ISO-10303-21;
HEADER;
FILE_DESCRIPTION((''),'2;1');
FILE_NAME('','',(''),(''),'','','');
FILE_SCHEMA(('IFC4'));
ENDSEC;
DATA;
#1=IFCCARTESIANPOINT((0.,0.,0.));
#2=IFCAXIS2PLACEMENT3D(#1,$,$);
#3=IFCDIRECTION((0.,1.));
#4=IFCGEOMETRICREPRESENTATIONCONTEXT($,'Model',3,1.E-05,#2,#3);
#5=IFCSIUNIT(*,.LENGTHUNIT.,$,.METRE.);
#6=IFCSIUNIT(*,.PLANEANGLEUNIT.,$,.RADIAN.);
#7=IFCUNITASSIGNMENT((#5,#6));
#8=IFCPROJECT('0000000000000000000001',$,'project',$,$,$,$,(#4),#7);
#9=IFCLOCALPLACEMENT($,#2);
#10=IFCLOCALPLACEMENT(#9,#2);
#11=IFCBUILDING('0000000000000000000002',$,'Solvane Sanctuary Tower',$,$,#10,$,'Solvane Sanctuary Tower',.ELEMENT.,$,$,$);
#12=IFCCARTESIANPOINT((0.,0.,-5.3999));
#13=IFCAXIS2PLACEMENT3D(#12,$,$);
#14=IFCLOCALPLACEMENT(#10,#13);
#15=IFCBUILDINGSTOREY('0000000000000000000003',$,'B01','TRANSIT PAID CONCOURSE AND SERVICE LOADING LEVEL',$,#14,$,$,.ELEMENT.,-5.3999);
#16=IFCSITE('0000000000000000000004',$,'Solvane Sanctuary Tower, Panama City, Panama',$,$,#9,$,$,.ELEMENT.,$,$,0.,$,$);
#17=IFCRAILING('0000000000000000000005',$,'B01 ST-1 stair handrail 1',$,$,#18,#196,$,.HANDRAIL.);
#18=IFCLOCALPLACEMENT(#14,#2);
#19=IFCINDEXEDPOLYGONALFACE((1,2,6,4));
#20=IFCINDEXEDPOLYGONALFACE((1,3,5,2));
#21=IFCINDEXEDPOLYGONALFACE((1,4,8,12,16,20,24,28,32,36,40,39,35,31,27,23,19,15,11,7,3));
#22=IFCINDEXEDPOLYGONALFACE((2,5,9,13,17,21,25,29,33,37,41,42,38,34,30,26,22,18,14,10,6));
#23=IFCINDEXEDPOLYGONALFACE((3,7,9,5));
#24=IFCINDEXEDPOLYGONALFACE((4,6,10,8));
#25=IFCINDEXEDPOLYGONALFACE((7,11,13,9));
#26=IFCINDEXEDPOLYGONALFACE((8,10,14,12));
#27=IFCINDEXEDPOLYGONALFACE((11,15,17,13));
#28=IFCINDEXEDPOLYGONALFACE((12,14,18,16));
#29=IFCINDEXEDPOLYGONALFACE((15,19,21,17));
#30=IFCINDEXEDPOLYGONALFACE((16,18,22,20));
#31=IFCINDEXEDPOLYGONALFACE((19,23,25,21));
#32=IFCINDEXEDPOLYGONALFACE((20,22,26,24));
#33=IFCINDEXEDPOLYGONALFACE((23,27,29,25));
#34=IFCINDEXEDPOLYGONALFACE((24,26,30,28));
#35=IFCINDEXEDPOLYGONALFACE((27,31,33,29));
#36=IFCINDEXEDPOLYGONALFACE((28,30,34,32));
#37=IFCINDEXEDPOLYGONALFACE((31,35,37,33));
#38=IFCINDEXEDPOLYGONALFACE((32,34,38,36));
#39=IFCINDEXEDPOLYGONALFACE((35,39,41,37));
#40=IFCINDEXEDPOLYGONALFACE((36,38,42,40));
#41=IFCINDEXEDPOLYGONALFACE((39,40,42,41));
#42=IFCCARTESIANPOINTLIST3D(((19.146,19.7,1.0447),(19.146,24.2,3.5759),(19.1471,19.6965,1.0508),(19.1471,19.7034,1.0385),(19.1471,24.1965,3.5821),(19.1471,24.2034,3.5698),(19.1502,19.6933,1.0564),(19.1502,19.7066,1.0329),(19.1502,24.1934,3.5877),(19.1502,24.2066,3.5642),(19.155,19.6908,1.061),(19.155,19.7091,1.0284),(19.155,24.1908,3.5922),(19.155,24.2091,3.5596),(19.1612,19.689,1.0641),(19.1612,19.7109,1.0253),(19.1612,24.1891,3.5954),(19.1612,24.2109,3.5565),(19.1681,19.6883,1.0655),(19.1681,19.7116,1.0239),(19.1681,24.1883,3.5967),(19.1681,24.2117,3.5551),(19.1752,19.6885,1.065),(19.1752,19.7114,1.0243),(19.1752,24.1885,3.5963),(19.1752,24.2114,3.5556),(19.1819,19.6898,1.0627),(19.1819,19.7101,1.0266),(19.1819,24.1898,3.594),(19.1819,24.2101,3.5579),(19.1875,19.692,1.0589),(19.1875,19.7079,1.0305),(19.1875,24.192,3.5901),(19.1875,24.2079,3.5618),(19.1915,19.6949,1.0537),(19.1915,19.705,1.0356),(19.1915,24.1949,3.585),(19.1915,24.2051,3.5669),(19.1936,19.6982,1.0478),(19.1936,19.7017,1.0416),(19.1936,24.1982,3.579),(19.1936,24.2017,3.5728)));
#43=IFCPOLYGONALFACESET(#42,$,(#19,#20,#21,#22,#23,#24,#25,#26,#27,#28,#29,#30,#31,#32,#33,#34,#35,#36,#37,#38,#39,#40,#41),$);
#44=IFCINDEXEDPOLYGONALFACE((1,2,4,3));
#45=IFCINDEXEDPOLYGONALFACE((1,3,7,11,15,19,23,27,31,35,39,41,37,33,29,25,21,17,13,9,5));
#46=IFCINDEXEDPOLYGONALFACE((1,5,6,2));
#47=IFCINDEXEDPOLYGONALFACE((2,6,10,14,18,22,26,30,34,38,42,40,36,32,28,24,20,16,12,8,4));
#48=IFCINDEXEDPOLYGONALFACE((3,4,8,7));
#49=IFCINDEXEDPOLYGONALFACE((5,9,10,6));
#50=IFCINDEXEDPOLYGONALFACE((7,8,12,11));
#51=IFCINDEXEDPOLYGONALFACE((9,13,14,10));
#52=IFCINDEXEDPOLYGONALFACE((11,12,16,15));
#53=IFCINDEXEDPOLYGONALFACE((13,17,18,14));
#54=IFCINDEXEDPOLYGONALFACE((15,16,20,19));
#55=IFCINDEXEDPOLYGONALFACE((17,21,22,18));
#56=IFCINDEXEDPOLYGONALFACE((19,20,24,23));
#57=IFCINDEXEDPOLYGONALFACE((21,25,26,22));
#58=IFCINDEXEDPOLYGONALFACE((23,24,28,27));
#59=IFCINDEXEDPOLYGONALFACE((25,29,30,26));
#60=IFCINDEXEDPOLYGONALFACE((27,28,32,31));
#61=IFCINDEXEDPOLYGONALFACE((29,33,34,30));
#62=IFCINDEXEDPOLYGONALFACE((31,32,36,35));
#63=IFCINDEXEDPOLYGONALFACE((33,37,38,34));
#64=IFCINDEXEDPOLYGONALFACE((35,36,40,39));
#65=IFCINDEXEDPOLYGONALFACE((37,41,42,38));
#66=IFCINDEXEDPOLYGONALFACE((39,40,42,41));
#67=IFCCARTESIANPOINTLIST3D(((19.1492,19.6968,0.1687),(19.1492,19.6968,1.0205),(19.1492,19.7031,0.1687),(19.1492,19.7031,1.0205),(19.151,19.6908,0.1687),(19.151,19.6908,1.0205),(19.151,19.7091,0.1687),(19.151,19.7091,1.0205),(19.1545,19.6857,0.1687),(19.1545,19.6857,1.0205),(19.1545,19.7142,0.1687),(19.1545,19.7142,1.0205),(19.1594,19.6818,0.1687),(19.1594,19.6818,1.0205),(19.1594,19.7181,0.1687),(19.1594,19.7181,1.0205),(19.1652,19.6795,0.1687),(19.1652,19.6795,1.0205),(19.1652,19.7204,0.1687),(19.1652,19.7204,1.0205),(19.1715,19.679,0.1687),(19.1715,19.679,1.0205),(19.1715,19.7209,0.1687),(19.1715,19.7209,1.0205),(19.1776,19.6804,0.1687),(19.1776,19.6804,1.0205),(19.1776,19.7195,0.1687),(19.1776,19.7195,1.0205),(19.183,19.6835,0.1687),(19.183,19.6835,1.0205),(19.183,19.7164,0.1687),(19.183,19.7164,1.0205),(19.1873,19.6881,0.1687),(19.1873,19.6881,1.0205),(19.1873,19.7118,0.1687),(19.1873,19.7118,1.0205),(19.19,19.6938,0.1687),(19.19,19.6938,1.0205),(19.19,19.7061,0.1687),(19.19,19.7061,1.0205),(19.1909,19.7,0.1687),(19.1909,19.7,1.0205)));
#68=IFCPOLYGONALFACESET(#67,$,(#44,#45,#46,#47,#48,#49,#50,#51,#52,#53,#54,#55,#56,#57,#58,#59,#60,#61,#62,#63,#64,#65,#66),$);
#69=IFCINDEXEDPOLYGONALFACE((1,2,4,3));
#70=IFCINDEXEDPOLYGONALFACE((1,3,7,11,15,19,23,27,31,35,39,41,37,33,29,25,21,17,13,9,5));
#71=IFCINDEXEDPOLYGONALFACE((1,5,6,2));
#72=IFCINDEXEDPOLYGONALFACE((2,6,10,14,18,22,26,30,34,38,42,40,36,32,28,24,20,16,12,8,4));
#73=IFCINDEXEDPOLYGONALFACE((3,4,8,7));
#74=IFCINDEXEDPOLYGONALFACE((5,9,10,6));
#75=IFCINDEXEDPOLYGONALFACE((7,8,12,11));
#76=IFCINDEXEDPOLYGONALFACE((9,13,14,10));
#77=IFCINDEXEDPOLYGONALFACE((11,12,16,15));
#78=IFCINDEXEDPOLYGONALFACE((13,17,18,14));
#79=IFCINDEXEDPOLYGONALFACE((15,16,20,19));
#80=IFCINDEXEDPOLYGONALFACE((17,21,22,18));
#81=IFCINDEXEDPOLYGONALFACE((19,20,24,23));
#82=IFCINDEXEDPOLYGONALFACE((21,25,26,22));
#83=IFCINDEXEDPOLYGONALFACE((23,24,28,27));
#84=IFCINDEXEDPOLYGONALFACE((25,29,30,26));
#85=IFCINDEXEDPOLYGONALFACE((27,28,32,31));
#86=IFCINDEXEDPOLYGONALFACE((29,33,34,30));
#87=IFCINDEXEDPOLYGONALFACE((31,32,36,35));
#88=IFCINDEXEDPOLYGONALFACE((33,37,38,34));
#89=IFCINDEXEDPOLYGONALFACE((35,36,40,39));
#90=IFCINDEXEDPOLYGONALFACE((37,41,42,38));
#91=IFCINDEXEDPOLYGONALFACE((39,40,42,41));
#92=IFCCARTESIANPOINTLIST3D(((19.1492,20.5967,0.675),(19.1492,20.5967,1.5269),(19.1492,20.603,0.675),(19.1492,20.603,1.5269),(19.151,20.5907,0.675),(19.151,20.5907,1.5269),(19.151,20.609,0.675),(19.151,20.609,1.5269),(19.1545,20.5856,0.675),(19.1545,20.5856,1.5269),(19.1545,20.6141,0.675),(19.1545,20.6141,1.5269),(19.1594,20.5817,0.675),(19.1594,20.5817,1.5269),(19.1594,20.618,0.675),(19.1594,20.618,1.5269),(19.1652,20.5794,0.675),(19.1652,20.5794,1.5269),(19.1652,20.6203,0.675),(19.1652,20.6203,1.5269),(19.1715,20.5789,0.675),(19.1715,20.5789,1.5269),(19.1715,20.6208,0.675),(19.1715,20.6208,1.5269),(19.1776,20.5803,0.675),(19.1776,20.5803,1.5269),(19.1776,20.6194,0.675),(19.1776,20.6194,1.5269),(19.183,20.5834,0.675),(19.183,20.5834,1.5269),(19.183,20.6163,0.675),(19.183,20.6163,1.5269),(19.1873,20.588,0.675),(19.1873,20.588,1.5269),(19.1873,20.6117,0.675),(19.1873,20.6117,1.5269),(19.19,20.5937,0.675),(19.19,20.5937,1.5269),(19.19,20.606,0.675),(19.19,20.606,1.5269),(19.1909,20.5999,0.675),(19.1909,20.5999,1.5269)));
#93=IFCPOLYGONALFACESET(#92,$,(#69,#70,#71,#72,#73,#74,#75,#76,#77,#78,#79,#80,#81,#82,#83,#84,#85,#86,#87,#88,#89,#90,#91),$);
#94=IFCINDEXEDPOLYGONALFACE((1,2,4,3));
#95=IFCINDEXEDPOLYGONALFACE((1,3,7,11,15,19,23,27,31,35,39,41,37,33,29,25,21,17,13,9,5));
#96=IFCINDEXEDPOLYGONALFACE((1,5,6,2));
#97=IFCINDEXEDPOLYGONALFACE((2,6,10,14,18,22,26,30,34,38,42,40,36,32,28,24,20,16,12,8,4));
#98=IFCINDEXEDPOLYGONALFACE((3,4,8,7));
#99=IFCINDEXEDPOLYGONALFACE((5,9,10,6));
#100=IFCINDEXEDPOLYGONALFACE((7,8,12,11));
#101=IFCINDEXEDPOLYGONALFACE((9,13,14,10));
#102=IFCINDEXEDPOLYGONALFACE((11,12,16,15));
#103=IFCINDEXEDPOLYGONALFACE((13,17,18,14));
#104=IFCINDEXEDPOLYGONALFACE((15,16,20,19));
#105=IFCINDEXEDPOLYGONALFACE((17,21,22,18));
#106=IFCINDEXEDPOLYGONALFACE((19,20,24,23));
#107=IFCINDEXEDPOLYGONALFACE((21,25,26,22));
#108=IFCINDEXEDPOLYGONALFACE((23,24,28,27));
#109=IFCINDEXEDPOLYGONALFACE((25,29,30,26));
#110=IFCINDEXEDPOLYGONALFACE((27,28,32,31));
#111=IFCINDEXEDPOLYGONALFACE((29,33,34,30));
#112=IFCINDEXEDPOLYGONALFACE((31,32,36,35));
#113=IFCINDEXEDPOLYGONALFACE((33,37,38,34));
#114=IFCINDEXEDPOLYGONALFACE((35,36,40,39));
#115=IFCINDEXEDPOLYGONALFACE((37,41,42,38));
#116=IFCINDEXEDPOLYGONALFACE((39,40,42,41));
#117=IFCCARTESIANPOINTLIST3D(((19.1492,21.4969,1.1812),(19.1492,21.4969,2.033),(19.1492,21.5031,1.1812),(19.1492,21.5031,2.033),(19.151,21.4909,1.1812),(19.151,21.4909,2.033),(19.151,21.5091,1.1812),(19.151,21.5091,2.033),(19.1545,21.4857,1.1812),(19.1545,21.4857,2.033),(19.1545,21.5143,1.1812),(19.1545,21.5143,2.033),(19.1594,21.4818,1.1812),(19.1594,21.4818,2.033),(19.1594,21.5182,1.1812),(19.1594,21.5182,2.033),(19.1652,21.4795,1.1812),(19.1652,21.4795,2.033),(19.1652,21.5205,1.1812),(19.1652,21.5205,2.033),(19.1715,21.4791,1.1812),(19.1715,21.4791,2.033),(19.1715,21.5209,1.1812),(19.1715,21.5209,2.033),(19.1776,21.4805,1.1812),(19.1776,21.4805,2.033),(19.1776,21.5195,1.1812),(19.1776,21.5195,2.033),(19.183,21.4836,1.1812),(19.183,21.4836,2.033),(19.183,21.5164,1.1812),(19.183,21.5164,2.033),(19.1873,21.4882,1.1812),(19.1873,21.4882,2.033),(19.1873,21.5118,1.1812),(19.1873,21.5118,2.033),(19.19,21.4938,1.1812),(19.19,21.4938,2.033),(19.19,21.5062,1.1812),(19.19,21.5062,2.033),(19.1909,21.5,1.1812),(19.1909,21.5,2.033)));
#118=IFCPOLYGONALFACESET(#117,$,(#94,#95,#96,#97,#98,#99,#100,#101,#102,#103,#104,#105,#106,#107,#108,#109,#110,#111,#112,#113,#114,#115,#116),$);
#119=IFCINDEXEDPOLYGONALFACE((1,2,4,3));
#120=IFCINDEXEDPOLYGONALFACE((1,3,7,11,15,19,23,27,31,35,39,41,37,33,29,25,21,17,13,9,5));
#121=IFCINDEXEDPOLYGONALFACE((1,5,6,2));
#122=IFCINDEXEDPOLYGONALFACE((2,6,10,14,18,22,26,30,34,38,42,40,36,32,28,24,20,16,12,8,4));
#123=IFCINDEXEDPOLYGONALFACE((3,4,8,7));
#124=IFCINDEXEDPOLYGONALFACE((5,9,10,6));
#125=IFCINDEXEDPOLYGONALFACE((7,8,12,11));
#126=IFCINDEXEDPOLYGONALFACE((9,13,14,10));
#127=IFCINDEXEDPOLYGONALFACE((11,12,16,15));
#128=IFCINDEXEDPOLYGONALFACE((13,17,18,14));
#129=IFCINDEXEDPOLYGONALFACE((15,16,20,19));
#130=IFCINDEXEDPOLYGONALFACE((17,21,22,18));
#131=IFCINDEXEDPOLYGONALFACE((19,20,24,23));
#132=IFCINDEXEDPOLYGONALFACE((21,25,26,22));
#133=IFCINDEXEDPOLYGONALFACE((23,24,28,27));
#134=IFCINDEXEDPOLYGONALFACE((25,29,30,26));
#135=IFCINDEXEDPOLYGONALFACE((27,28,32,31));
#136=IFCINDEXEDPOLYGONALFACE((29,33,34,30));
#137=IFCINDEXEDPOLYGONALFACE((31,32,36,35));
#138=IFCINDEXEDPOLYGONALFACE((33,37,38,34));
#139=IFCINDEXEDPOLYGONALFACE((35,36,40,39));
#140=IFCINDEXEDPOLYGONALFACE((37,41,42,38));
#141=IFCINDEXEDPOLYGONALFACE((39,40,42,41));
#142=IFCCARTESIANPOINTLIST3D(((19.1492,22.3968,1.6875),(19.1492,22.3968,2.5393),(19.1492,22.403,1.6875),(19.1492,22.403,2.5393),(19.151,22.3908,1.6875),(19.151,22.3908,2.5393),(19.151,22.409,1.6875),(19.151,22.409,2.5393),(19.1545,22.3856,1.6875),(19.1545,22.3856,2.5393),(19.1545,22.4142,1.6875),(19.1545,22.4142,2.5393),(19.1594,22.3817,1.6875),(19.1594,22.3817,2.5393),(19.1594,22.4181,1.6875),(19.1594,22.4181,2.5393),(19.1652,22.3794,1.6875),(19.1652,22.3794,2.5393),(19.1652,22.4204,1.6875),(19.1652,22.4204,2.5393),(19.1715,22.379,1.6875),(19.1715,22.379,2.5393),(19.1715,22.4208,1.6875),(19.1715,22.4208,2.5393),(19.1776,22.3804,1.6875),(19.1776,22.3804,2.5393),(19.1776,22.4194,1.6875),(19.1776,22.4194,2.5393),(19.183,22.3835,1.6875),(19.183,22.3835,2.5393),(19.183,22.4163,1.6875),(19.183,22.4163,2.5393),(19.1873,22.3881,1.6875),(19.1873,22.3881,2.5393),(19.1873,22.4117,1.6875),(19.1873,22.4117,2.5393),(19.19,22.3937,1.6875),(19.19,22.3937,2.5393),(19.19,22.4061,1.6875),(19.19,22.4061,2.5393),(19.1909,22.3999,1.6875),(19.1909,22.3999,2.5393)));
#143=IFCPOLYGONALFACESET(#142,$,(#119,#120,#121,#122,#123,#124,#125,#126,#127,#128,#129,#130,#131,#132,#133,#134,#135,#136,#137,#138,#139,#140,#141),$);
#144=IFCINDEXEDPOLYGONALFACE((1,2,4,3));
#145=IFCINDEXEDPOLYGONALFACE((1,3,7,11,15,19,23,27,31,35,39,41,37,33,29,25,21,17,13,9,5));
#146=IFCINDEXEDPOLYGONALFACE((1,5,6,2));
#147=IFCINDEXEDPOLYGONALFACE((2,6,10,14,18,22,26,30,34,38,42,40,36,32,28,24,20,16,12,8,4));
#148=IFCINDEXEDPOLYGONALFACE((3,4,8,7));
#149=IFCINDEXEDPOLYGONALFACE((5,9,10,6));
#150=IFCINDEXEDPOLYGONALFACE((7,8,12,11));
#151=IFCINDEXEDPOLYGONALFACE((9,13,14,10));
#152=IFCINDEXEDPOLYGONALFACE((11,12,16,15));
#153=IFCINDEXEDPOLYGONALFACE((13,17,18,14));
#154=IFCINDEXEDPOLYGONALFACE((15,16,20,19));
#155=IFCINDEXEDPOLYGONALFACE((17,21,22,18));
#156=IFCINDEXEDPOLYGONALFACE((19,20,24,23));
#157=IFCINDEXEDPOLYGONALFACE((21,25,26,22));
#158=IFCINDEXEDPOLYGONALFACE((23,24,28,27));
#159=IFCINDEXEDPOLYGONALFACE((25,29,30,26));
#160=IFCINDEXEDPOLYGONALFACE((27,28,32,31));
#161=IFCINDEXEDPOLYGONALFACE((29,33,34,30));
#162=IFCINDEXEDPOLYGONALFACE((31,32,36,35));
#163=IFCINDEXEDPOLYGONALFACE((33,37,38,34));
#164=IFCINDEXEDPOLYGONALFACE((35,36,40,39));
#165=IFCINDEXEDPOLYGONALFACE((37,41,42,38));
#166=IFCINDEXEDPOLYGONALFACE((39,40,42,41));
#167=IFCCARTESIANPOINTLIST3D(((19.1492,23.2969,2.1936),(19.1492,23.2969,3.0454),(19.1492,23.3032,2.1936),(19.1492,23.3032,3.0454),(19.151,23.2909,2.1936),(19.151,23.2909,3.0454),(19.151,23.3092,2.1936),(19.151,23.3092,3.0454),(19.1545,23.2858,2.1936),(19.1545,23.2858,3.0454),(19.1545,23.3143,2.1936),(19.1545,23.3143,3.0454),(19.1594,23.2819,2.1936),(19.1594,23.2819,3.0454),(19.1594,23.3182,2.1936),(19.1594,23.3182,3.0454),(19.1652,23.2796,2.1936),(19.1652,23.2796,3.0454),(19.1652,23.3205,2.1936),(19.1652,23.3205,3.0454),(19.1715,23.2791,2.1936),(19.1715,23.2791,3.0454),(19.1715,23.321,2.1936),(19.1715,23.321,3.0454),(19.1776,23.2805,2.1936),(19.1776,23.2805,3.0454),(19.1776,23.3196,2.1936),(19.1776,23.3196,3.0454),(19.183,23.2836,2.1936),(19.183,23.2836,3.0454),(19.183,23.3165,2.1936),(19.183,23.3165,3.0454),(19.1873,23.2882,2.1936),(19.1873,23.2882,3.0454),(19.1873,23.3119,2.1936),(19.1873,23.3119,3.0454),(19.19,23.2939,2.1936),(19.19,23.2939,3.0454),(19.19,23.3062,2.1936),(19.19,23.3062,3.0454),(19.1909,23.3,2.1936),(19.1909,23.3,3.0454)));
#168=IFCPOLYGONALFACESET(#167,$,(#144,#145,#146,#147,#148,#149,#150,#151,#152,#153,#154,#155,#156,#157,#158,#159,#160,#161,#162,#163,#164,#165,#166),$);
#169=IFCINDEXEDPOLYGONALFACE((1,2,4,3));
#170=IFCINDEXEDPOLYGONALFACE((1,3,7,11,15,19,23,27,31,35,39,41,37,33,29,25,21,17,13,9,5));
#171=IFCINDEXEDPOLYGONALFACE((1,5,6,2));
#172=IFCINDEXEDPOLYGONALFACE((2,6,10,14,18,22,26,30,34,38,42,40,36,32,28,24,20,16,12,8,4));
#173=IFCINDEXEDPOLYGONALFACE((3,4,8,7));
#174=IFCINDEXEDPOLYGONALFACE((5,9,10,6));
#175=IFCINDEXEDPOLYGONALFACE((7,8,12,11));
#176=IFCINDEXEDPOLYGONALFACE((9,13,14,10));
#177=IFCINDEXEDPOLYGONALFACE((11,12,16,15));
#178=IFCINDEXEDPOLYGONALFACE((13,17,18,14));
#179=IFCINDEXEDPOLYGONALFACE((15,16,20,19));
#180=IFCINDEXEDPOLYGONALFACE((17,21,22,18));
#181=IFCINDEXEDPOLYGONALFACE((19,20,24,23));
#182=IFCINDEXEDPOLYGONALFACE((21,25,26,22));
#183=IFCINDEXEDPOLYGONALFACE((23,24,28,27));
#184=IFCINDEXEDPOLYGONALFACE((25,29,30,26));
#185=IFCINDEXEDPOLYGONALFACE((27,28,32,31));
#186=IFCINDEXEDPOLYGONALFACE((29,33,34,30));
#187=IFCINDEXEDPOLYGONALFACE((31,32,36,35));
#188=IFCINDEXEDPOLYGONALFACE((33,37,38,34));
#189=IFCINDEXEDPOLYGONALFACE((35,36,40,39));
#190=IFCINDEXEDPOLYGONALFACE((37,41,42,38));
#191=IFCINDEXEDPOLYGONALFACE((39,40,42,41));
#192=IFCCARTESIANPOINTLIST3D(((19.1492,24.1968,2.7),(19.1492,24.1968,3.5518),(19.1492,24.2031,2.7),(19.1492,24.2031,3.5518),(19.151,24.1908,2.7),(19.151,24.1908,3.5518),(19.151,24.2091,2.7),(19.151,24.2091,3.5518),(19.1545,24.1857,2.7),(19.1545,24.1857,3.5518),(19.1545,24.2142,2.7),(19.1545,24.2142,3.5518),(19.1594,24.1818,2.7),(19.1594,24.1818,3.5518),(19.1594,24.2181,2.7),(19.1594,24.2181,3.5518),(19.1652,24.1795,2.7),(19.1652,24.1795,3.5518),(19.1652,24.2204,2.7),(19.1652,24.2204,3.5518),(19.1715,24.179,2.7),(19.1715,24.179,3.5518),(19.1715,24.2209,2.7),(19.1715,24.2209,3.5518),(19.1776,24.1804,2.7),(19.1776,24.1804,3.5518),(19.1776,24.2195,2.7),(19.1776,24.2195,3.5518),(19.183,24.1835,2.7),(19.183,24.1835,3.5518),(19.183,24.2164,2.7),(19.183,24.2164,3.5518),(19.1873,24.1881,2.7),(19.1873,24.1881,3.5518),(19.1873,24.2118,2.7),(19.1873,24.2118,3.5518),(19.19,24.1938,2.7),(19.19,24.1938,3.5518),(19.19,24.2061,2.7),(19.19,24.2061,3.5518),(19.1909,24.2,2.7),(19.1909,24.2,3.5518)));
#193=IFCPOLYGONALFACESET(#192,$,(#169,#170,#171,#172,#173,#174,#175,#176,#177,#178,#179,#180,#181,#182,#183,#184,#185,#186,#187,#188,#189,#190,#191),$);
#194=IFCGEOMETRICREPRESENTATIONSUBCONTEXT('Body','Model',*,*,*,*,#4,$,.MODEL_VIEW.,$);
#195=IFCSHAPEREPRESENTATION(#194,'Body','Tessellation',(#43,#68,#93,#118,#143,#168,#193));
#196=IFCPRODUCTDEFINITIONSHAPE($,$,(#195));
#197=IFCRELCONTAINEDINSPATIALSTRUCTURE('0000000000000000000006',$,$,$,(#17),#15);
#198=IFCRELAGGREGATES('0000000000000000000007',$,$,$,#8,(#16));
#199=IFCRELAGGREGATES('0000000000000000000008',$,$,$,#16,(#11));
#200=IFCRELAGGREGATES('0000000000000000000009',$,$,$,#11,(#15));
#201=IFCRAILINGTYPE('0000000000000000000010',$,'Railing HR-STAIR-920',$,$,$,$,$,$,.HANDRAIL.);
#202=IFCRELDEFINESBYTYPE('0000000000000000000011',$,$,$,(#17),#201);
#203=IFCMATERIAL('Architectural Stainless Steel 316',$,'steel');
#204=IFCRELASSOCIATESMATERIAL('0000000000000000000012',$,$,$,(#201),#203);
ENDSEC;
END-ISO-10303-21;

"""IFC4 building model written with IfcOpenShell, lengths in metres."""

from ifc_helpers import new_model, si_unit, direction, frame, origin, origin_2d, place, context, subcontext, project, spatial, circle, extrude, material, type_object, element, save


model = new_model("IFC4")

# Units and contexts
model_context = context("Model", 3, precision=1e-05, world=origin(), true_north=direction((0.0, 1.0)))
body_context = subcontext(model_context, "Body", "Model", "MODEL_VIEW")
ifc_project = project(units=[si_unit("LENGTHUNIT", "METRE"), si_unit("PLANEANGLEUNIT", "RADIAN")], contexts=[model_context])

# Site, building, storey
site_placement = place(None, origin())
site = spatial("IfcSite", under=ifc_project, at=site_placement, Name="Solvane Sanctuary Tower, Panama City, Panama", CompositionType="ELEMENT", RefElevation=0.0)
building_placement = place(site_placement, origin())
building = spatial("IfcBuilding", under=site, at=building_placement, Name="Solvane Sanctuary Tower", LongName="Solvane Sanctuary Tower", CompositionType="ELEMENT")
storey_placement = place(building_placement, frame((0.0, 0.0, -5.3999)))
storey = spatial("IfcBuildingStorey", under=building, at=storey_placement, Name="B01", Description="TRANSIT PAID CONCOURSE AND SERVICE LOADING LEVEL", CompositionType="ELEMENT", Elevation=-5.3999)

# Shared definitions
ifc_material_1 = material(Name="Architectural Stainless Steel 316", Category="steel")

# Railing
railing_type_1 = type_object("IfcRailingType", Name="Railing HR-STAIR-920", PredefinedType="HANDRAIL", material=ifc_material_1)
railing_1_placement = place(storey_placement, frame((19.1699, 19.7, 0.1687)))
element("IfcRailing", 1, at=railing_1_placement, inside=storey, type_object=railing_type_1, Name="B01 ST-1 stair handrail 1", PredefinedType="HANDRAIL", context=body_context, shape_type="SweptSolid", body=[
    extrude(circle(Radius=0.0239, at=origin_2d()), frame((0.0, 0.0, 0.876), z_axis=(0.0, 0.871576, 0.490261), x_axis=(-1.0, 0.0, 0.0)), (0.0, 0.0, 1.0), 5.1631),
    extrude(circle(Radius=0.021, at=origin_2d()), origin(), (0.0, 0.0, 1.0), 0.8518),
    extrude(circle(Radius=0.021, at=origin_2d()), frame((0.0, 0.8999, 0.5063)), (0.0, 0.0, 1.0), 0.8518),
    extrude(circle(Radius=0.021, at=origin_2d()), frame((0.0, 1.8, 1.0125)), (0.0, 0.0, 1.0), 0.8518),
    extrude(circle(Radius=0.021, at=origin_2d()), frame((0.0, 2.7, 1.5188)), (0.0, 0.0, 1.0), 0.8518),
    extrude(circle(Radius=0.021, at=origin_2d()), frame((0.0, 3.6001, 2.0249)), (0.0, 0.0, 1.0), 0.8518),
    extrude(circle(Radius=0.021, at=origin_2d()), frame((0.0, 4.5, 2.5312)), (0.0, 0.0, 1.0), 0.8518),
])

save(model, "model.ifc")
